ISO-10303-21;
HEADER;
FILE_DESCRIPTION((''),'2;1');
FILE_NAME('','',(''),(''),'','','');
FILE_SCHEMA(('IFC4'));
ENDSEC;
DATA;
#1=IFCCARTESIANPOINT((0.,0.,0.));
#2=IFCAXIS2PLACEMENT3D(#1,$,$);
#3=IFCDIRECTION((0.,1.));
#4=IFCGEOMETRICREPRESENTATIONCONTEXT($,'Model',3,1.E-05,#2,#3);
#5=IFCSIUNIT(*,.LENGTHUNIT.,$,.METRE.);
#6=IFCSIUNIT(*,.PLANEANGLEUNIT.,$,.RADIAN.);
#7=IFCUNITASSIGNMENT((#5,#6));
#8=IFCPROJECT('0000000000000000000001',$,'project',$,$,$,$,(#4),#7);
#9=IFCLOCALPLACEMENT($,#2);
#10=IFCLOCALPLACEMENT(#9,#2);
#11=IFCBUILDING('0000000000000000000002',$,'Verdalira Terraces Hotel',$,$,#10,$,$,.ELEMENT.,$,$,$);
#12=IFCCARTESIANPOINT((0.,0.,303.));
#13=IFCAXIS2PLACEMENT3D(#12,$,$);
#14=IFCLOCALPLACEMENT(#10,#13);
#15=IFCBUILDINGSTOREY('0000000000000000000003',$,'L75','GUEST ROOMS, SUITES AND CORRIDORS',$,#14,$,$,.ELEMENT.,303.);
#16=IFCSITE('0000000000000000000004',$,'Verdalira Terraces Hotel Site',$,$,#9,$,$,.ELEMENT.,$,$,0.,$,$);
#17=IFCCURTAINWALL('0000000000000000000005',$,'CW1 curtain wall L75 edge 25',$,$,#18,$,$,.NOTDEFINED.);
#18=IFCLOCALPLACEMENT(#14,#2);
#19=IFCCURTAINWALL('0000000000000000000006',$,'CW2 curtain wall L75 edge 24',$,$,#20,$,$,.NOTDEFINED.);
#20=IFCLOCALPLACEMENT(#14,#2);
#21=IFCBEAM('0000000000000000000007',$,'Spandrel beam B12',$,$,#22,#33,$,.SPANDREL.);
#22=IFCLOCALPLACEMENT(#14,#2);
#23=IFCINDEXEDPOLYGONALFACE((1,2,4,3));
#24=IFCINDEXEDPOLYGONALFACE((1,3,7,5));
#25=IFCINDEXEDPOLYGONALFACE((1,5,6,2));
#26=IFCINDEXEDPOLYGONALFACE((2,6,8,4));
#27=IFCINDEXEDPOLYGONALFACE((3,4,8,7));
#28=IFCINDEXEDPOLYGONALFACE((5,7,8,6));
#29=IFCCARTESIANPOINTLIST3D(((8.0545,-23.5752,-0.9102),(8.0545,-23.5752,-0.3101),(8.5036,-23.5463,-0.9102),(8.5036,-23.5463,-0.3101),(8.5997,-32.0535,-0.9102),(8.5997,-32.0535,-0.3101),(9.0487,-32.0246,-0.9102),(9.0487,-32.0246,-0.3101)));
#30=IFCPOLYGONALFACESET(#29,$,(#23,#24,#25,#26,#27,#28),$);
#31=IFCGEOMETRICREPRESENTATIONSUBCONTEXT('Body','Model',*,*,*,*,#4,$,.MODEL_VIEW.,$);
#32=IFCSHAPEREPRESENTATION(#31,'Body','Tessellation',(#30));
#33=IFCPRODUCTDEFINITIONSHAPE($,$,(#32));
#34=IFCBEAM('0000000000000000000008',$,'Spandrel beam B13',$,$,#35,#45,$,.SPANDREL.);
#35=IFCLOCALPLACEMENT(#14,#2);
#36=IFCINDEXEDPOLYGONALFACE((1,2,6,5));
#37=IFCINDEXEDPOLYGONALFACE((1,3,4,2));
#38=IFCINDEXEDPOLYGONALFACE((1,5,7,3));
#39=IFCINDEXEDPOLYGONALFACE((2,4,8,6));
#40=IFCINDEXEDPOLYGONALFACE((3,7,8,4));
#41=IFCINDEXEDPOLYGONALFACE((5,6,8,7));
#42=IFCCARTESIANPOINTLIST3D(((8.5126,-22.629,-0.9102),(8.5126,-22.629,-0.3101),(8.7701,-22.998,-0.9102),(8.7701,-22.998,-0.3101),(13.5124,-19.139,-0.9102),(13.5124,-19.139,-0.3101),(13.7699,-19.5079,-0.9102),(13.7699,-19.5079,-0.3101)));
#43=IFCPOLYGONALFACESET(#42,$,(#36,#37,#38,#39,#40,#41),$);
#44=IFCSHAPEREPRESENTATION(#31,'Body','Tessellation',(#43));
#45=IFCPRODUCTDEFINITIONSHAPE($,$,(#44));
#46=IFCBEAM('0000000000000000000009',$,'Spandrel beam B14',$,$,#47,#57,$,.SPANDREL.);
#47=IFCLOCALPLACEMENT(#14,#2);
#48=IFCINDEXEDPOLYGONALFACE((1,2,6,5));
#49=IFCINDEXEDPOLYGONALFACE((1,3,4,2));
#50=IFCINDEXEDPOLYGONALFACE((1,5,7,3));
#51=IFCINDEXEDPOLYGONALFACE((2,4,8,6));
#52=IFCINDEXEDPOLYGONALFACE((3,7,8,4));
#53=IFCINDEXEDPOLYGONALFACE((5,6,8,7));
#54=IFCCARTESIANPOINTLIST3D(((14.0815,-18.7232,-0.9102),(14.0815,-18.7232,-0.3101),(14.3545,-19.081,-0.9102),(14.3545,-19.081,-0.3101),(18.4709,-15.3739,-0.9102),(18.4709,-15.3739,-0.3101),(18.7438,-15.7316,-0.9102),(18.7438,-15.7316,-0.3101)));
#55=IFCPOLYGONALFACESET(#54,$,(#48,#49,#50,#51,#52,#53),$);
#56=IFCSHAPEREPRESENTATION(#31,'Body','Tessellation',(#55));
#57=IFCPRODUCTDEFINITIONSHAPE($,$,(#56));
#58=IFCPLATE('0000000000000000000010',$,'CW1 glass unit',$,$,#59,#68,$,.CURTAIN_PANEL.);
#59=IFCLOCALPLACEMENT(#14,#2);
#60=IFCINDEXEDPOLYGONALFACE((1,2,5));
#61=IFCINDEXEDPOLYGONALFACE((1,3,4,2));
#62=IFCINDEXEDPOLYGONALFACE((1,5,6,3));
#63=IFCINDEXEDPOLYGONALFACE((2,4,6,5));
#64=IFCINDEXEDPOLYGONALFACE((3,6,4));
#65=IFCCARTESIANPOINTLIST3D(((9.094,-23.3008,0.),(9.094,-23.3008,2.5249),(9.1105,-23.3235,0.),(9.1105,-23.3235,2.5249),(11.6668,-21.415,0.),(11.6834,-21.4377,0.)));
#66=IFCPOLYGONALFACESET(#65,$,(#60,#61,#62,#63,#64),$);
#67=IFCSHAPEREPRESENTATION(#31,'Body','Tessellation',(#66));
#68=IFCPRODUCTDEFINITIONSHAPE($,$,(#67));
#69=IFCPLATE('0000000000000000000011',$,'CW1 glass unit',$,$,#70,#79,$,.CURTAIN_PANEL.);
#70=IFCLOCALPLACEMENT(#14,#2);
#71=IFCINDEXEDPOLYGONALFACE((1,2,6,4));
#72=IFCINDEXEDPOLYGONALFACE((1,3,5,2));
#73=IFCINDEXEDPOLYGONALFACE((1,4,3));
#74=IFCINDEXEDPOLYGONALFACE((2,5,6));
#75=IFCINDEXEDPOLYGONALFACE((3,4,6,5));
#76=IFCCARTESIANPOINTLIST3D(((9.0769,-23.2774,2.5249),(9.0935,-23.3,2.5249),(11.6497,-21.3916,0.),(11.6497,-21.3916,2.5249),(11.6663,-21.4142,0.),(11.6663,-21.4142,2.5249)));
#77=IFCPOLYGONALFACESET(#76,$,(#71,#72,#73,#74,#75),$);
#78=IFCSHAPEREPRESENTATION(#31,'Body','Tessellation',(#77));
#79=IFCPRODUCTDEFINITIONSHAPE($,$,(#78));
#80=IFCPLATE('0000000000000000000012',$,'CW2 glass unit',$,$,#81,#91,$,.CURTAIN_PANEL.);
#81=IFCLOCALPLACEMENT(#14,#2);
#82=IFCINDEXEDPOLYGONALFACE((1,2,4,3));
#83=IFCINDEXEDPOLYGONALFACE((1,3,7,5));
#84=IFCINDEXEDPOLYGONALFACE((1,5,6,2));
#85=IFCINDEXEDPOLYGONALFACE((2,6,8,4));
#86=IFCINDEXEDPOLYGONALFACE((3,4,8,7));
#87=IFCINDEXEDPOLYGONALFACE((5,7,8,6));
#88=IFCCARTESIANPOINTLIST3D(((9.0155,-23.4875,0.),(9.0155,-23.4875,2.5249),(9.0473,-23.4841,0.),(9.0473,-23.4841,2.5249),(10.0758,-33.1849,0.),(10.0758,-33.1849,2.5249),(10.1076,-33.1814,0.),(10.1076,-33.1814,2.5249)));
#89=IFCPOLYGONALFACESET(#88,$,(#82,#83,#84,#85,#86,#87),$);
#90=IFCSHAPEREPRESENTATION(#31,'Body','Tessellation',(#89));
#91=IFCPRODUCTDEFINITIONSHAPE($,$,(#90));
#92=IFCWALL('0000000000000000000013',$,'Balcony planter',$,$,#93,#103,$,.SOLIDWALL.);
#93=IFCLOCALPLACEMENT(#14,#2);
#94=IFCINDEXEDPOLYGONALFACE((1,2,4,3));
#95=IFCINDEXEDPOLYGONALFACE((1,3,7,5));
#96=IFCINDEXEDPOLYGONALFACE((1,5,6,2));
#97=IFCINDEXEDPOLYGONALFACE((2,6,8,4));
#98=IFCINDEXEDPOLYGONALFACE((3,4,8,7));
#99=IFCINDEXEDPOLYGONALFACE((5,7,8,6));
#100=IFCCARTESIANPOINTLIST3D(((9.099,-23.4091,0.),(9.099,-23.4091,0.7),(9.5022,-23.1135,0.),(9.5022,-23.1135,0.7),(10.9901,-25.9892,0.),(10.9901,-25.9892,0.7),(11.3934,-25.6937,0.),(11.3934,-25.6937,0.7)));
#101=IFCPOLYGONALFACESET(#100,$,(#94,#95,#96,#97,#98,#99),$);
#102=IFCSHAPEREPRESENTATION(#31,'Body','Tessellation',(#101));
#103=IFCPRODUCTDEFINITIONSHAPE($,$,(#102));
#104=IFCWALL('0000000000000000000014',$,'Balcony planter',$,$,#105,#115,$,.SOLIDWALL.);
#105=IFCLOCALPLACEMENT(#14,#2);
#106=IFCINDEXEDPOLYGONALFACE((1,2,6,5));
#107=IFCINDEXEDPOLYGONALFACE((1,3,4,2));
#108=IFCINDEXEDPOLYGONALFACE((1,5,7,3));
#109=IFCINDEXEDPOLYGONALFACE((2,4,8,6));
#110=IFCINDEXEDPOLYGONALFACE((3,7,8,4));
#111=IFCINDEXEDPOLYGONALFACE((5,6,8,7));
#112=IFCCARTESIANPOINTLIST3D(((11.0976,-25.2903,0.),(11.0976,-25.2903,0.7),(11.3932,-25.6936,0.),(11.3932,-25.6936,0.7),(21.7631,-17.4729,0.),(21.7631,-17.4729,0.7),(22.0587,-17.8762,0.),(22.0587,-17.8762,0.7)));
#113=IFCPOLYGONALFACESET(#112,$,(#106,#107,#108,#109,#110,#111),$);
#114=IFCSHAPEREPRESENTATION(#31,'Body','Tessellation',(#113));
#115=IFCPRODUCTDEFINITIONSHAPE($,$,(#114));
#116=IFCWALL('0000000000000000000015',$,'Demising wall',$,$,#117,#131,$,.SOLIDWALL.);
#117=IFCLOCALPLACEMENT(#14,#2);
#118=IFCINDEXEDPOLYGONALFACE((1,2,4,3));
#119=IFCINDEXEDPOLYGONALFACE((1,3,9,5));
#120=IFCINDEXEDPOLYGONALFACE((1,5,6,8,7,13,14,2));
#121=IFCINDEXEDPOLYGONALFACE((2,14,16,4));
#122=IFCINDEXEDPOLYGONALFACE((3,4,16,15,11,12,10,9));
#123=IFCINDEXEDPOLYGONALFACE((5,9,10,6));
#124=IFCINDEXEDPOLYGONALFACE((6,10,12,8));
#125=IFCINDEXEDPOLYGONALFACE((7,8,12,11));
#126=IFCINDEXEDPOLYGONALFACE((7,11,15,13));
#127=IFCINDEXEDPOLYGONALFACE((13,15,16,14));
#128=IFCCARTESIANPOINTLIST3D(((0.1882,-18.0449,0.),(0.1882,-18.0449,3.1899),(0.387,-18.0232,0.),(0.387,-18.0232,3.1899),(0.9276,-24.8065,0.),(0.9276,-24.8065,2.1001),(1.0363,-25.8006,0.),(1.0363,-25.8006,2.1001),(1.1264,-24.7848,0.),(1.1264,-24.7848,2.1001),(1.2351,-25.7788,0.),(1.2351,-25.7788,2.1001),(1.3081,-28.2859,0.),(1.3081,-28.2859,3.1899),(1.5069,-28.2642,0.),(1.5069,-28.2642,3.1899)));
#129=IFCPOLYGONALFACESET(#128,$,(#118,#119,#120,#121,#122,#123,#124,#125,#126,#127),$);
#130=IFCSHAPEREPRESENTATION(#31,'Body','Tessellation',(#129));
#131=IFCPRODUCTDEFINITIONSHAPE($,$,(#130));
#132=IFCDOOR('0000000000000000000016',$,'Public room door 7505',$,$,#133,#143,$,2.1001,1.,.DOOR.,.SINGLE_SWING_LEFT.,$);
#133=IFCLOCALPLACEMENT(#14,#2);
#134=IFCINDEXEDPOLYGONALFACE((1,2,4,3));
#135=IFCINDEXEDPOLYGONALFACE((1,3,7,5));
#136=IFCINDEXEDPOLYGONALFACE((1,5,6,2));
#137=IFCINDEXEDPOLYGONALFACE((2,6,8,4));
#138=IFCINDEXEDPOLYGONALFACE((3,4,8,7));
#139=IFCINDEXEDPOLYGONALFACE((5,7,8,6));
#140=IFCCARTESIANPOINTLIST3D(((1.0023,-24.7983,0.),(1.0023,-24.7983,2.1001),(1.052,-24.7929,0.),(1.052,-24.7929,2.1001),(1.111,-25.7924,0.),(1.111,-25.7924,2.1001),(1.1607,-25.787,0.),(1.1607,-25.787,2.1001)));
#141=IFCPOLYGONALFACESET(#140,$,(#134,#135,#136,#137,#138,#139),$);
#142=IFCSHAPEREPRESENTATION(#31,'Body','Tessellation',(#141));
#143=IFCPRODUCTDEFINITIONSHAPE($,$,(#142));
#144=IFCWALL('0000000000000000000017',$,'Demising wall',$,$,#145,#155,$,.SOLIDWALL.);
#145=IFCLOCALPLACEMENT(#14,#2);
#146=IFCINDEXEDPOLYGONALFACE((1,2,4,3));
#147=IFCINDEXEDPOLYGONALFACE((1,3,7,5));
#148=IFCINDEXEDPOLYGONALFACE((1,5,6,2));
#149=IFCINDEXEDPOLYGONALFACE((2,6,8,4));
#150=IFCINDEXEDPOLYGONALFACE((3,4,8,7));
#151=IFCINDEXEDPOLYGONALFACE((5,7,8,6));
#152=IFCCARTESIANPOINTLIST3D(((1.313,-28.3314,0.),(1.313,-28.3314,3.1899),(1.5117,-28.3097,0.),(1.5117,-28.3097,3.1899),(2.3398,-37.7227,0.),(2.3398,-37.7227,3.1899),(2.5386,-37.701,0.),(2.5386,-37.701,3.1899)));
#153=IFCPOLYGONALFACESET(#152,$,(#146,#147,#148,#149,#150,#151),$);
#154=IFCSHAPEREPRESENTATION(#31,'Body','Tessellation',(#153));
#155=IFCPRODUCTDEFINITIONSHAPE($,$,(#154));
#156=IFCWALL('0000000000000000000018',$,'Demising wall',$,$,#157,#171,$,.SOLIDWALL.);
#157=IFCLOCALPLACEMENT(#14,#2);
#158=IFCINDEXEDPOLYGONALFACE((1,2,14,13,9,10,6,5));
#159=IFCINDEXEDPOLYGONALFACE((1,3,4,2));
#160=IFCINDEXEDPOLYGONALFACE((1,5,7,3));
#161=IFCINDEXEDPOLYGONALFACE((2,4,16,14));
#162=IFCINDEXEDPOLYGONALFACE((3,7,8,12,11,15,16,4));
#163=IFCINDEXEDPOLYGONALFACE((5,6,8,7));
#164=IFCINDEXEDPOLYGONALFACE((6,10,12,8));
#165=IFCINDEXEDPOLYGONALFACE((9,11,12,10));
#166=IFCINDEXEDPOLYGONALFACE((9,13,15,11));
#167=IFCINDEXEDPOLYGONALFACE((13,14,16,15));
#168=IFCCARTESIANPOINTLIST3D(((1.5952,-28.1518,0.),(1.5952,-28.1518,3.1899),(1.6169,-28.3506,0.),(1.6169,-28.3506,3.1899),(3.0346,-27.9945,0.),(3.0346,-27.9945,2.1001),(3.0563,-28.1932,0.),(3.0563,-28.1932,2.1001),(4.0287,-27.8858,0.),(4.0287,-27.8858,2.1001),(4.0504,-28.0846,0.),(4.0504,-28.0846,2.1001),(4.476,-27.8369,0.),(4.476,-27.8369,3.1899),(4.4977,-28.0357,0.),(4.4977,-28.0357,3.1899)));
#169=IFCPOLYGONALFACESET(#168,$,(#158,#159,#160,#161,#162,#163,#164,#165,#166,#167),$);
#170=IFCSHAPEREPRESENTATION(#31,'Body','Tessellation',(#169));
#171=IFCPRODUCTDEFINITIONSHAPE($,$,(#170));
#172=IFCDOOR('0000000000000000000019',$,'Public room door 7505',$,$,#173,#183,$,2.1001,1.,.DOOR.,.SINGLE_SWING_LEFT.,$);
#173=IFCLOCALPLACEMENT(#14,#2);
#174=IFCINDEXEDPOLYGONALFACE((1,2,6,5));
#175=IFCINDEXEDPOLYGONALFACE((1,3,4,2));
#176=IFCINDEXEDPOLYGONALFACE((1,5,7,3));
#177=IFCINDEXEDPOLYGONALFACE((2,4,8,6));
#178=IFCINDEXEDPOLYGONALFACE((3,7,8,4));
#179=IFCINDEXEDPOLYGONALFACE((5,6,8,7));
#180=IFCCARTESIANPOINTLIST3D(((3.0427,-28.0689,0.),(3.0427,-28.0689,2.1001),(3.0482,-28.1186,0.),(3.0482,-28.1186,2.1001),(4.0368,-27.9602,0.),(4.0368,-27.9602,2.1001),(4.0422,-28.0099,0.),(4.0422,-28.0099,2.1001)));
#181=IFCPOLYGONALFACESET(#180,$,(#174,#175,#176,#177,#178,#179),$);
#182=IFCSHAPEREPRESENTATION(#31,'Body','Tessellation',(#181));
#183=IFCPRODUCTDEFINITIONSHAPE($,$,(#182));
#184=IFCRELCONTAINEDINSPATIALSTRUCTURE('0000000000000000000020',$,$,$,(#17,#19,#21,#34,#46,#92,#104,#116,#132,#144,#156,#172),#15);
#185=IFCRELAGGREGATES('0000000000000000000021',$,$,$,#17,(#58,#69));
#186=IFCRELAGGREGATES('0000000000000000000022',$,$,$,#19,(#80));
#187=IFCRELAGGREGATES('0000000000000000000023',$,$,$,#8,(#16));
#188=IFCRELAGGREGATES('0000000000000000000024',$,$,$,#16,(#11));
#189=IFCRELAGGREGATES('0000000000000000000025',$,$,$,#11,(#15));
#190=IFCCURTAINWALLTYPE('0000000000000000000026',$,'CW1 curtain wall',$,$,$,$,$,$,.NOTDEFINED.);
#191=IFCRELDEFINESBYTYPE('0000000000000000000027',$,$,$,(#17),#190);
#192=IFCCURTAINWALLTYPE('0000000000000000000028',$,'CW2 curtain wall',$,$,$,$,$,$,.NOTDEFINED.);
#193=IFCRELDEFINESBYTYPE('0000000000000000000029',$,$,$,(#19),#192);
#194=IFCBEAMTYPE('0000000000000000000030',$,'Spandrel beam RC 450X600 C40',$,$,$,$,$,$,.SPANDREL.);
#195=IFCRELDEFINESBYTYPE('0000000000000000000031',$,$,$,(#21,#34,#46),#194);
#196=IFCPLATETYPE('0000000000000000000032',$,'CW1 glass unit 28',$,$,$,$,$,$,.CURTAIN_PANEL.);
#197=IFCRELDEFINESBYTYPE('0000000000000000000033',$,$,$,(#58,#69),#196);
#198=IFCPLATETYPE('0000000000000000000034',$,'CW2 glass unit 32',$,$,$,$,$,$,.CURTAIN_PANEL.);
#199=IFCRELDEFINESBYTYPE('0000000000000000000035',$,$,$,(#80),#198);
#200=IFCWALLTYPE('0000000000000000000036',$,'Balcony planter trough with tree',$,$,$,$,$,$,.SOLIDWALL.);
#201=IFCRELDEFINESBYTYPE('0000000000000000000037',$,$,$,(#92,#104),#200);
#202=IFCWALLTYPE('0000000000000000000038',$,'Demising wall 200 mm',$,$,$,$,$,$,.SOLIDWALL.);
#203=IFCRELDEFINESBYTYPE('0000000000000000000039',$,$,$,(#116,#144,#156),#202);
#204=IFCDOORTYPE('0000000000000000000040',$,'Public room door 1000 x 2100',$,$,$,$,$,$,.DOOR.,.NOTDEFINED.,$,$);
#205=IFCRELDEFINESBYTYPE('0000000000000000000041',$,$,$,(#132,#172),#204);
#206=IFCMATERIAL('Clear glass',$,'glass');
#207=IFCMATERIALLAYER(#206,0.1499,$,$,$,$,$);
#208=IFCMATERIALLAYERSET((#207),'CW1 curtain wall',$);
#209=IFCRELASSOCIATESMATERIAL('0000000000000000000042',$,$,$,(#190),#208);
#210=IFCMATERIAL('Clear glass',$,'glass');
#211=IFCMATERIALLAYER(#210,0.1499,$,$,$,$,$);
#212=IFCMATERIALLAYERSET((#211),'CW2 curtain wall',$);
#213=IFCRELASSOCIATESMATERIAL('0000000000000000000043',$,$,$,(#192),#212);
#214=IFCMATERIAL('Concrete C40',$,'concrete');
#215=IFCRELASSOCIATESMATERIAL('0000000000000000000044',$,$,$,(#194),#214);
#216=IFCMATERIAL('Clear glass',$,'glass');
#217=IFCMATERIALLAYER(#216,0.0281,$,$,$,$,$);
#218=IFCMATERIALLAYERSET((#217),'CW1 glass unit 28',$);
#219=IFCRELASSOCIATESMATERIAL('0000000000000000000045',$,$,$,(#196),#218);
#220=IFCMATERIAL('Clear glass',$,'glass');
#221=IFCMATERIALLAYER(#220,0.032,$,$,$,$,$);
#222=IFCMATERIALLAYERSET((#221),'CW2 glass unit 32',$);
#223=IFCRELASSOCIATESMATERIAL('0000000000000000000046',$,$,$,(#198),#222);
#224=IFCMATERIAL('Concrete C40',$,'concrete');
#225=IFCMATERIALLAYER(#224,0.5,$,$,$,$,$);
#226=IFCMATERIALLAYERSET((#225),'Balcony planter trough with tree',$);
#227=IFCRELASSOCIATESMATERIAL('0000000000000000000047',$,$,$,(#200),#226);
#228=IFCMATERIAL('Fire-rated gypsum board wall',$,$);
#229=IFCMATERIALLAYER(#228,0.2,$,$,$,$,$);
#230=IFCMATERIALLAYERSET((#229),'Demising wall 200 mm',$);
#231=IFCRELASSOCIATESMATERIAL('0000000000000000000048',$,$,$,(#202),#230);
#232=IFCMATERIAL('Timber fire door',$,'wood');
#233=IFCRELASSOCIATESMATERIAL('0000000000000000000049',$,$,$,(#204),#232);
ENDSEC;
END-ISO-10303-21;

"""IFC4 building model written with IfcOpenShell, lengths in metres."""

from ifc_helpers import new_model, si_unit, direction, frame, frame_2d, origin, origin_2d, place, context, subcontext, project, spatial, polyline, rectangle, outline, extrude, material, layer, layer_set, material_profile, profile_set, type_object, element, fill, aggregate, save


model = new_model("IFC4")

# Units and contexts
model_context = context("Model", 3, precision=1e-05, world=origin(), true_north=direction((0.0, 1.0)))
body_context = subcontext(model_context, "Body", "Model", "MODEL_VIEW")
ifc_project = project(units=[si_unit("LENGTHUNIT", "METRE"), si_unit("PLANEANGLEUNIT", "RADIAN")], contexts=[model_context])

# Site, building, storey
site_placement = place(None, origin())
site = spatial("IfcSite", under=ifc_project, at=site_placement, Name="Verdalira Terraces Hotel Site", CompositionType="ELEMENT", RefElevation=0.0)
building_placement = place(site_placement, origin())
building = spatial("IfcBuilding", under=site, at=building_placement, Name="Verdalira Terraces Hotel", CompositionType="ELEMENT")
storey_placement = place(building_placement, frame((0.0, 0.0, 303.0)))
storey = spatial("IfcBuildingStorey", under=building, at=storey_placement, Name="L75", Description="GUEST ROOMS, SUITES AND CORRIDORS", CompositionType="ELEMENT", Elevation=303.0)

# Curtain wall
ifc_material_1 = material(Name="Clear glass", Category="glass")
ifc_layer_1 = layer(ifc_material_1, 0.1499)
ifc_layer_set_1 = layer_set([ifc_layer_1], Name="CW1 curtain wall")
curtain_wall_type_1 = type_object("IfcCurtainWallType", Name="CW1 curtain wall", PredefinedType="NOTDEFINED", material=ifc_layer_set_1)
curtain_wall_1_placement = place(storey_placement, origin())
curtain_wall_1 = element("IfcCurtainWall", 1, at=curtain_wall_1_placement, inside=storey, type_object=curtain_wall_type_1, Name="CW1 curtain wall L75 edge 25", PredefinedType="NOTDEFINED")

# Curtain wall
ifc_material_2 = material(Name="Clear glass", Category="glass")
ifc_layer_2 = layer(ifc_material_2, 0.1499)
ifc_layer_set_2 = layer_set([ifc_layer_2], Name="CW2 curtain wall")
curtain_wall_type_2 = type_object("IfcCurtainWallType", Name="CW2 curtain wall", PredefinedType="NOTDEFINED", material=ifc_layer_set_2)
curtain_wall_2_placement = place(storey_placement, origin())
curtain_wall_2 = element("IfcCurtainWall", 2, at=curtain_wall_2_placement, inside=storey, type_object=curtain_wall_type_2, Name="CW2 curtain wall L75 edge 24", PredefinedType="NOTDEFINED")

# Beams
ifc_material_3 = material(Name="Concrete C40", Category="concrete")
ifc_material_profile_1 = material_profile(ifc_material_3, rectangle(XDim=0.45, YDim=0.6001, at=origin_2d()), Name="RC 450X600")
ifc_profile_set_1 = profile_set([ifc_material_profile_1], Name="Concrete C40")
beam_type_1 = type_object("IfcBeamType", Name="Spandrel beam RC 450X600 C40", PredefinedType="SPANDREL", material=ifc_profile_set_1)
beam_1_placement = place(storey_placement, frame((8.8242, -32.0391, -0.6101), z_axis=(-0.064169, 0.997939, 0.0), x_axis=(-0.997939, -0.064169, 0.0)))
element("IfcBeam", 3, at=beam_1_placement, inside=storey, type_object=beam_type_1, Name="Spandrel beam B12", PredefinedType="SPANDREL", context=body_context, shape_type="SweptSolid", body=[
    extrude(rectangle(XDim=0.45, YDim=0.6001, at=origin_2d()), origin(), (0.0, 0.0, 1.0), 8.4959),
])
beam_2_placement = place(storey_placement, frame((8.6414, -22.8135, -0.6101), z_axis=(0.819989, 0.572379, 0.0), x_axis=(-0.572379, 0.819989, 0.0)))
element("IfcBeam", 4, at=beam_2_placement, inside=storey, type_object=beam_type_1, Name="Spandrel beam B13", PredefinedType="SPANDREL", context=body_context, shape_type="SweptSolid", body=[
    extrude(rectangle(XDim=0.45, YDim=0.6001, at=origin_2d()), origin(), (0.0, 0.0, 1.0), 6.0974),
])
beam_3_placement = place(storey_placement, frame((14.218, -18.9021, -0.6101), z_axis=(0.79499, 0.606623, 0.0), x_axis=(-0.606623, 0.79499, 0.0)))
element("IfcBeam", 5, at=beam_3_placement, inside=storey, type_object=beam_type_1, Name="Spandrel beam B14", PredefinedType="SPANDREL", context=body_context, shape_type="SweptSolid", body=[
    extrude(rectangle(XDim=0.45, YDim=0.6001, at=origin_2d()), origin(), (0.0, 0.0, 1.0), 5.5212),
])

# Plates
ifc_material_4 = material(Name="Clear glass", Category="glass")
ifc_layer_3 = layer(ifc_material_4, 0.0281)
ifc_layer_set_3 = layer_set([ifc_layer_3], Name="CW1 glass unit 28")
plate_type_1 = type_object("IfcPlateType", Name="CW1 glass unit 28", PredefinedType="CURTAIN_PANEL", material=ifc_layer_set_3)
plate_1_placement = place(storey_placement, frame((10.3804, -22.3579, 1.2625), z_axis=(0.591169, -0.806548, 0.0), x_axis=(0.806548, 0.591169, 0.0)))
plate_1 = element("IfcPlate", 6, at=plate_1_placement, type_object=plate_type_1, Name="CW1 glass unit", PredefinedType="CURTAIN_PANEL", context=body_context, shape_type="SweptSolid", body=[
    extrude(outline(polyline([(-1.595, -1.2625), (1.595, -1.2625), (-1.595, 1.2625), (-1.595, -1.2625)])), origin(), (0.0, 0.0, 1.0), 0.0281),
])
plate_2_placement = place(storey_placement, frame((10.3633, -22.3345, 1.2625), z_axis=(0.591169, -0.806548, 0.0), x_axis=(0.806548, 0.591169, 0.0)))
plate_2 = element("IfcPlate", 7, at=plate_2_placement, type_object=plate_type_1, Name="CW1 glass unit", PredefinedType="CURTAIN_PANEL", context=body_context, shape_type="SweptSolid", body=[
    extrude(outline(polyline([(1.595, -1.2625), (1.595, 1.2625), (-1.595, 1.2625), (1.595, -1.2625)])), origin(), (0.0, 0.0, 1.0), 0.0281),
])
aggregate(curtain_wall_1, [plate_1, plate_2])
ifc_material_5 = material(Name="Clear glass", Category="glass")
ifc_layer_4 = layer(ifc_material_5, 0.032)
ifc_layer_set_4 = layer_set([ifc_layer_4], Name="CW2 glass unit 32")
plate_type_2 = type_object("IfcPlateType", Name="CW2 glass unit 32", PredefinedType="CURTAIN_PANEL", material=ifc_layer_set_4)
plate_3_placement = place(storey_placement, frame((9.5615, -28.3345, 0.0), z_axis=(0.0, 0.0, 1.0), x_axis=(-0.108693, 0.994075, 0.0)))
plate_3 = element("IfcPlate", 8, at=plate_3_placement, type_object=plate_type_2, Name="CW2 glass unit", PredefinedType="CURTAIN_PANEL", context=body_context, shape_type="SweptSolid", body=[
    extrude(rectangle(XDim=9.7551, YDim=0.032, at=origin_2d()), origin(), (0.0, 0.0, 1.0), 2.5249),
])
aggregate(curtain_wall_2, [plate_3])

# Walls
ifc_material_6 = material(Name="Concrete C40", Category="concrete")
ifc_layer_5 = layer(ifc_material_6, 0.5)
ifc_layer_set_5 = layer_set([ifc_layer_5], Name="Balcony planter trough with tree")
wall_type_1 = type_object("IfcWallType", Name="Balcony planter trough with tree", PredefinedType="SOLIDWALL", material=ifc_layer_set_5)
wall_1_placement = place(storey_placement, frame((9.3005, -23.2612, 0.0), z_axis=(0.0, 0.0, 1.0), x_axis=(0.591172, -0.806546, 0.0)))
element("IfcWall", 9, at=wall_1_placement, inside=storey, type_object=wall_type_1, Name="Balcony planter", PredefinedType="SOLIDWALL", context=body_context, shape_type="SweptSolid", body=[
    extrude(rectangle(XDim=3.199, YDim=0.5, at=frame_2d((1.5996, 0.0))), origin(), (0.0, 0.0, 1.0), 0.7),
])
wall_2_placement = place(storey_placement, frame((11.2454, -25.4919, 0.0), z_axis=(0.0, 0.0, 1.0), x_axis=(0.806549, 0.591167, 0.0)))
element("IfcWall", 10, at=wall_2_placement, inside=storey, type_object=wall_type_1, Name="Balcony planter", PredefinedType="SOLIDWALL", context=body_context, shape_type="SweptSolid", body=[
    extrude(rectangle(XDim=13.2236, YDim=0.5, at=frame_2d((6.6118, 0.0))), origin(), (0.0, 0.0, 1.0), 0.7),
])

# Wall, opening, door
ifc_material_7 = material(Name="Fire-rated gypsum board wall")
ifc_layer_6 = layer(ifc_material_7, 0.2)
ifc_layer_set_6 = layer_set([ifc_layer_6], Name="Demising wall 200 mm")
wall_type_2 = type_object("IfcWallType", Name="Demising wall 200 mm", PredefinedType="SOLIDWALL", material=ifc_layer_set_6)
wall_3_placement = place(storey_placement, frame((1.4075, -28.2749, 0.0), z_axis=(0.0, 0.0, 1.0), x_axis=(-0.108704, 0.994074, 0.0)))
wall_3 = element("IfcWall", 11, at=wall_3_placement, inside=storey, type_object=wall_type_2, Name="Demising wall", PredefinedType="SOLIDWALL", context=body_context, shape_type="SweptSolid", body=[
    extrude(rectangle(XDim=10.302, YDim=0.2, at=frame_2d((5.1509, 0.0))), origin(), (0.0, 0.0, 1.0), 3.1899),
])
opening_1_placement = place(wall_3_placement, frame((2.5, 0.0, 0.0)))
opening_1 = element("IfcOpeningElement", 12, at=opening_1_placement, cuts=wall_3, PredefinedType="OPENING", context=body_context, shape_type="SweptSolid", body=[
    extrude(rectangle(XDim=1.0, YDim=2.1001, at=frame_2d((0.5, 1.05))), frame((0.0, 0.1099, 0.0), z_axis=(0.0, -1.0, 0.0), x_axis=(1.0, 0.0, 0.0)), (0.0, 0.0, 1.0), 0.22),
])
ifc_material_8 = material(Name="Timber fire door", Category="wood")
door_type_1 = type_object("IfcDoorType", Name="Public room door 1000 x 2100", OperationType="NOTDEFINED", PredefinedType="DOOR", material=ifc_material_8)
door_1_placement = place(opening_1_placement, origin())
door_1 = element("IfcDoor", 13, at=door_1_placement, inside=storey, type_object=door_type_1, Name="Public room door 7505", OperationType="SINGLE_SWING_LEFT", OverallHeight=2.1001, OverallWidth=1.0, PredefinedType="DOOR", context=body_context, shape_type="SweptSolid", body=[
    extrude(rectangle(XDim=1.0, YDim=2.1001, at=frame_2d((0.5, 1.05))), frame((0.0, 0.0249, 0.0), z_axis=(0.0, -1.0, 0.0), x_axis=(1.0, 0.0, 0.0)), (0.0, 0.0, 1.0), 0.05),
])
fill(opening_1, door_1)

# Wall
wall_4_placement = place(storey_placement, frame((1.4124, -28.3206, 0.0), z_axis=(0.0, 0.0, 1.0), x_axis=(0.108693, -0.994075, 0.0)))
element("IfcWall", 14, at=wall_4_placement, inside=storey, type_object=wall_type_2, Name="Demising wall", PredefinedType="SOLIDWALL", context=body_context, shape_type="SweptSolid", body=[
    extrude(rectangle(XDim=9.4473, YDim=0.2, at=frame_2d((4.7236, 0.0))), origin(), (0.0, 0.0, 1.0), 3.1899),
])

# Wall, opening, door
wall_5_placement = place(storey_placement, frame((4.4868, -27.9363, 0.0), z_axis=(0.0, 0.0, 1.0), x_axis=(-0.994077, -0.108675, 0.0)))
wall_5 = element("IfcWall", 15, at=wall_5_placement, inside=storey, type_object=wall_type_2, Name="Demising wall", PredefinedType="SOLIDWALL", context=body_context, shape_type="SweptSolid", body=[
    extrude(rectangle(XDim=2.8979, YDim=0.2, at=frame_2d((1.449, 0.0))), origin(), (0.0, 0.0, 1.0), 3.1899),
])
opening_2_placement = place(wall_5_placement, frame((0.45, 0.0, 0.0)))
opening_2 = element("IfcOpeningElement", 16, at=opening_2_placement, cuts=wall_5, PredefinedType="OPENING", context=body_context, shape_type="SweptSolid", body=[
    extrude(rectangle(XDim=1.0, YDim=2.1001, at=frame_2d((0.5, 1.05))), frame((0.0, 0.1099, 0.0), z_axis=(0.0, -1.0, 0.0), x_axis=(1.0, 0.0, 0.0)), (0.0, 0.0, 1.0), 0.22),
])
door_2_placement = place(opening_2_placement, origin())
door_2 = element("IfcDoor", 17, at=door_2_placement, inside=storey, type_object=door_type_1, Name="Public room door 7505", OperationType="SINGLE_SWING_LEFT", OverallHeight=2.1001, OverallWidth=1.0, PredefinedType="DOOR", context=body_context, shape_type="SweptSolid", body=[
    extrude(rectangle(XDim=1.0, YDim=2.1001, at=frame_2d((0.5, 1.05))), frame((0.0, 0.0249, 0.0), z_axis=(0.0, -1.0, 0.0), x_axis=(1.0, 0.0, 0.0)), (0.0, 0.0, 1.0), 0.05),
])
fill(opening_2, door_2)

save(model, "model.ifc")
